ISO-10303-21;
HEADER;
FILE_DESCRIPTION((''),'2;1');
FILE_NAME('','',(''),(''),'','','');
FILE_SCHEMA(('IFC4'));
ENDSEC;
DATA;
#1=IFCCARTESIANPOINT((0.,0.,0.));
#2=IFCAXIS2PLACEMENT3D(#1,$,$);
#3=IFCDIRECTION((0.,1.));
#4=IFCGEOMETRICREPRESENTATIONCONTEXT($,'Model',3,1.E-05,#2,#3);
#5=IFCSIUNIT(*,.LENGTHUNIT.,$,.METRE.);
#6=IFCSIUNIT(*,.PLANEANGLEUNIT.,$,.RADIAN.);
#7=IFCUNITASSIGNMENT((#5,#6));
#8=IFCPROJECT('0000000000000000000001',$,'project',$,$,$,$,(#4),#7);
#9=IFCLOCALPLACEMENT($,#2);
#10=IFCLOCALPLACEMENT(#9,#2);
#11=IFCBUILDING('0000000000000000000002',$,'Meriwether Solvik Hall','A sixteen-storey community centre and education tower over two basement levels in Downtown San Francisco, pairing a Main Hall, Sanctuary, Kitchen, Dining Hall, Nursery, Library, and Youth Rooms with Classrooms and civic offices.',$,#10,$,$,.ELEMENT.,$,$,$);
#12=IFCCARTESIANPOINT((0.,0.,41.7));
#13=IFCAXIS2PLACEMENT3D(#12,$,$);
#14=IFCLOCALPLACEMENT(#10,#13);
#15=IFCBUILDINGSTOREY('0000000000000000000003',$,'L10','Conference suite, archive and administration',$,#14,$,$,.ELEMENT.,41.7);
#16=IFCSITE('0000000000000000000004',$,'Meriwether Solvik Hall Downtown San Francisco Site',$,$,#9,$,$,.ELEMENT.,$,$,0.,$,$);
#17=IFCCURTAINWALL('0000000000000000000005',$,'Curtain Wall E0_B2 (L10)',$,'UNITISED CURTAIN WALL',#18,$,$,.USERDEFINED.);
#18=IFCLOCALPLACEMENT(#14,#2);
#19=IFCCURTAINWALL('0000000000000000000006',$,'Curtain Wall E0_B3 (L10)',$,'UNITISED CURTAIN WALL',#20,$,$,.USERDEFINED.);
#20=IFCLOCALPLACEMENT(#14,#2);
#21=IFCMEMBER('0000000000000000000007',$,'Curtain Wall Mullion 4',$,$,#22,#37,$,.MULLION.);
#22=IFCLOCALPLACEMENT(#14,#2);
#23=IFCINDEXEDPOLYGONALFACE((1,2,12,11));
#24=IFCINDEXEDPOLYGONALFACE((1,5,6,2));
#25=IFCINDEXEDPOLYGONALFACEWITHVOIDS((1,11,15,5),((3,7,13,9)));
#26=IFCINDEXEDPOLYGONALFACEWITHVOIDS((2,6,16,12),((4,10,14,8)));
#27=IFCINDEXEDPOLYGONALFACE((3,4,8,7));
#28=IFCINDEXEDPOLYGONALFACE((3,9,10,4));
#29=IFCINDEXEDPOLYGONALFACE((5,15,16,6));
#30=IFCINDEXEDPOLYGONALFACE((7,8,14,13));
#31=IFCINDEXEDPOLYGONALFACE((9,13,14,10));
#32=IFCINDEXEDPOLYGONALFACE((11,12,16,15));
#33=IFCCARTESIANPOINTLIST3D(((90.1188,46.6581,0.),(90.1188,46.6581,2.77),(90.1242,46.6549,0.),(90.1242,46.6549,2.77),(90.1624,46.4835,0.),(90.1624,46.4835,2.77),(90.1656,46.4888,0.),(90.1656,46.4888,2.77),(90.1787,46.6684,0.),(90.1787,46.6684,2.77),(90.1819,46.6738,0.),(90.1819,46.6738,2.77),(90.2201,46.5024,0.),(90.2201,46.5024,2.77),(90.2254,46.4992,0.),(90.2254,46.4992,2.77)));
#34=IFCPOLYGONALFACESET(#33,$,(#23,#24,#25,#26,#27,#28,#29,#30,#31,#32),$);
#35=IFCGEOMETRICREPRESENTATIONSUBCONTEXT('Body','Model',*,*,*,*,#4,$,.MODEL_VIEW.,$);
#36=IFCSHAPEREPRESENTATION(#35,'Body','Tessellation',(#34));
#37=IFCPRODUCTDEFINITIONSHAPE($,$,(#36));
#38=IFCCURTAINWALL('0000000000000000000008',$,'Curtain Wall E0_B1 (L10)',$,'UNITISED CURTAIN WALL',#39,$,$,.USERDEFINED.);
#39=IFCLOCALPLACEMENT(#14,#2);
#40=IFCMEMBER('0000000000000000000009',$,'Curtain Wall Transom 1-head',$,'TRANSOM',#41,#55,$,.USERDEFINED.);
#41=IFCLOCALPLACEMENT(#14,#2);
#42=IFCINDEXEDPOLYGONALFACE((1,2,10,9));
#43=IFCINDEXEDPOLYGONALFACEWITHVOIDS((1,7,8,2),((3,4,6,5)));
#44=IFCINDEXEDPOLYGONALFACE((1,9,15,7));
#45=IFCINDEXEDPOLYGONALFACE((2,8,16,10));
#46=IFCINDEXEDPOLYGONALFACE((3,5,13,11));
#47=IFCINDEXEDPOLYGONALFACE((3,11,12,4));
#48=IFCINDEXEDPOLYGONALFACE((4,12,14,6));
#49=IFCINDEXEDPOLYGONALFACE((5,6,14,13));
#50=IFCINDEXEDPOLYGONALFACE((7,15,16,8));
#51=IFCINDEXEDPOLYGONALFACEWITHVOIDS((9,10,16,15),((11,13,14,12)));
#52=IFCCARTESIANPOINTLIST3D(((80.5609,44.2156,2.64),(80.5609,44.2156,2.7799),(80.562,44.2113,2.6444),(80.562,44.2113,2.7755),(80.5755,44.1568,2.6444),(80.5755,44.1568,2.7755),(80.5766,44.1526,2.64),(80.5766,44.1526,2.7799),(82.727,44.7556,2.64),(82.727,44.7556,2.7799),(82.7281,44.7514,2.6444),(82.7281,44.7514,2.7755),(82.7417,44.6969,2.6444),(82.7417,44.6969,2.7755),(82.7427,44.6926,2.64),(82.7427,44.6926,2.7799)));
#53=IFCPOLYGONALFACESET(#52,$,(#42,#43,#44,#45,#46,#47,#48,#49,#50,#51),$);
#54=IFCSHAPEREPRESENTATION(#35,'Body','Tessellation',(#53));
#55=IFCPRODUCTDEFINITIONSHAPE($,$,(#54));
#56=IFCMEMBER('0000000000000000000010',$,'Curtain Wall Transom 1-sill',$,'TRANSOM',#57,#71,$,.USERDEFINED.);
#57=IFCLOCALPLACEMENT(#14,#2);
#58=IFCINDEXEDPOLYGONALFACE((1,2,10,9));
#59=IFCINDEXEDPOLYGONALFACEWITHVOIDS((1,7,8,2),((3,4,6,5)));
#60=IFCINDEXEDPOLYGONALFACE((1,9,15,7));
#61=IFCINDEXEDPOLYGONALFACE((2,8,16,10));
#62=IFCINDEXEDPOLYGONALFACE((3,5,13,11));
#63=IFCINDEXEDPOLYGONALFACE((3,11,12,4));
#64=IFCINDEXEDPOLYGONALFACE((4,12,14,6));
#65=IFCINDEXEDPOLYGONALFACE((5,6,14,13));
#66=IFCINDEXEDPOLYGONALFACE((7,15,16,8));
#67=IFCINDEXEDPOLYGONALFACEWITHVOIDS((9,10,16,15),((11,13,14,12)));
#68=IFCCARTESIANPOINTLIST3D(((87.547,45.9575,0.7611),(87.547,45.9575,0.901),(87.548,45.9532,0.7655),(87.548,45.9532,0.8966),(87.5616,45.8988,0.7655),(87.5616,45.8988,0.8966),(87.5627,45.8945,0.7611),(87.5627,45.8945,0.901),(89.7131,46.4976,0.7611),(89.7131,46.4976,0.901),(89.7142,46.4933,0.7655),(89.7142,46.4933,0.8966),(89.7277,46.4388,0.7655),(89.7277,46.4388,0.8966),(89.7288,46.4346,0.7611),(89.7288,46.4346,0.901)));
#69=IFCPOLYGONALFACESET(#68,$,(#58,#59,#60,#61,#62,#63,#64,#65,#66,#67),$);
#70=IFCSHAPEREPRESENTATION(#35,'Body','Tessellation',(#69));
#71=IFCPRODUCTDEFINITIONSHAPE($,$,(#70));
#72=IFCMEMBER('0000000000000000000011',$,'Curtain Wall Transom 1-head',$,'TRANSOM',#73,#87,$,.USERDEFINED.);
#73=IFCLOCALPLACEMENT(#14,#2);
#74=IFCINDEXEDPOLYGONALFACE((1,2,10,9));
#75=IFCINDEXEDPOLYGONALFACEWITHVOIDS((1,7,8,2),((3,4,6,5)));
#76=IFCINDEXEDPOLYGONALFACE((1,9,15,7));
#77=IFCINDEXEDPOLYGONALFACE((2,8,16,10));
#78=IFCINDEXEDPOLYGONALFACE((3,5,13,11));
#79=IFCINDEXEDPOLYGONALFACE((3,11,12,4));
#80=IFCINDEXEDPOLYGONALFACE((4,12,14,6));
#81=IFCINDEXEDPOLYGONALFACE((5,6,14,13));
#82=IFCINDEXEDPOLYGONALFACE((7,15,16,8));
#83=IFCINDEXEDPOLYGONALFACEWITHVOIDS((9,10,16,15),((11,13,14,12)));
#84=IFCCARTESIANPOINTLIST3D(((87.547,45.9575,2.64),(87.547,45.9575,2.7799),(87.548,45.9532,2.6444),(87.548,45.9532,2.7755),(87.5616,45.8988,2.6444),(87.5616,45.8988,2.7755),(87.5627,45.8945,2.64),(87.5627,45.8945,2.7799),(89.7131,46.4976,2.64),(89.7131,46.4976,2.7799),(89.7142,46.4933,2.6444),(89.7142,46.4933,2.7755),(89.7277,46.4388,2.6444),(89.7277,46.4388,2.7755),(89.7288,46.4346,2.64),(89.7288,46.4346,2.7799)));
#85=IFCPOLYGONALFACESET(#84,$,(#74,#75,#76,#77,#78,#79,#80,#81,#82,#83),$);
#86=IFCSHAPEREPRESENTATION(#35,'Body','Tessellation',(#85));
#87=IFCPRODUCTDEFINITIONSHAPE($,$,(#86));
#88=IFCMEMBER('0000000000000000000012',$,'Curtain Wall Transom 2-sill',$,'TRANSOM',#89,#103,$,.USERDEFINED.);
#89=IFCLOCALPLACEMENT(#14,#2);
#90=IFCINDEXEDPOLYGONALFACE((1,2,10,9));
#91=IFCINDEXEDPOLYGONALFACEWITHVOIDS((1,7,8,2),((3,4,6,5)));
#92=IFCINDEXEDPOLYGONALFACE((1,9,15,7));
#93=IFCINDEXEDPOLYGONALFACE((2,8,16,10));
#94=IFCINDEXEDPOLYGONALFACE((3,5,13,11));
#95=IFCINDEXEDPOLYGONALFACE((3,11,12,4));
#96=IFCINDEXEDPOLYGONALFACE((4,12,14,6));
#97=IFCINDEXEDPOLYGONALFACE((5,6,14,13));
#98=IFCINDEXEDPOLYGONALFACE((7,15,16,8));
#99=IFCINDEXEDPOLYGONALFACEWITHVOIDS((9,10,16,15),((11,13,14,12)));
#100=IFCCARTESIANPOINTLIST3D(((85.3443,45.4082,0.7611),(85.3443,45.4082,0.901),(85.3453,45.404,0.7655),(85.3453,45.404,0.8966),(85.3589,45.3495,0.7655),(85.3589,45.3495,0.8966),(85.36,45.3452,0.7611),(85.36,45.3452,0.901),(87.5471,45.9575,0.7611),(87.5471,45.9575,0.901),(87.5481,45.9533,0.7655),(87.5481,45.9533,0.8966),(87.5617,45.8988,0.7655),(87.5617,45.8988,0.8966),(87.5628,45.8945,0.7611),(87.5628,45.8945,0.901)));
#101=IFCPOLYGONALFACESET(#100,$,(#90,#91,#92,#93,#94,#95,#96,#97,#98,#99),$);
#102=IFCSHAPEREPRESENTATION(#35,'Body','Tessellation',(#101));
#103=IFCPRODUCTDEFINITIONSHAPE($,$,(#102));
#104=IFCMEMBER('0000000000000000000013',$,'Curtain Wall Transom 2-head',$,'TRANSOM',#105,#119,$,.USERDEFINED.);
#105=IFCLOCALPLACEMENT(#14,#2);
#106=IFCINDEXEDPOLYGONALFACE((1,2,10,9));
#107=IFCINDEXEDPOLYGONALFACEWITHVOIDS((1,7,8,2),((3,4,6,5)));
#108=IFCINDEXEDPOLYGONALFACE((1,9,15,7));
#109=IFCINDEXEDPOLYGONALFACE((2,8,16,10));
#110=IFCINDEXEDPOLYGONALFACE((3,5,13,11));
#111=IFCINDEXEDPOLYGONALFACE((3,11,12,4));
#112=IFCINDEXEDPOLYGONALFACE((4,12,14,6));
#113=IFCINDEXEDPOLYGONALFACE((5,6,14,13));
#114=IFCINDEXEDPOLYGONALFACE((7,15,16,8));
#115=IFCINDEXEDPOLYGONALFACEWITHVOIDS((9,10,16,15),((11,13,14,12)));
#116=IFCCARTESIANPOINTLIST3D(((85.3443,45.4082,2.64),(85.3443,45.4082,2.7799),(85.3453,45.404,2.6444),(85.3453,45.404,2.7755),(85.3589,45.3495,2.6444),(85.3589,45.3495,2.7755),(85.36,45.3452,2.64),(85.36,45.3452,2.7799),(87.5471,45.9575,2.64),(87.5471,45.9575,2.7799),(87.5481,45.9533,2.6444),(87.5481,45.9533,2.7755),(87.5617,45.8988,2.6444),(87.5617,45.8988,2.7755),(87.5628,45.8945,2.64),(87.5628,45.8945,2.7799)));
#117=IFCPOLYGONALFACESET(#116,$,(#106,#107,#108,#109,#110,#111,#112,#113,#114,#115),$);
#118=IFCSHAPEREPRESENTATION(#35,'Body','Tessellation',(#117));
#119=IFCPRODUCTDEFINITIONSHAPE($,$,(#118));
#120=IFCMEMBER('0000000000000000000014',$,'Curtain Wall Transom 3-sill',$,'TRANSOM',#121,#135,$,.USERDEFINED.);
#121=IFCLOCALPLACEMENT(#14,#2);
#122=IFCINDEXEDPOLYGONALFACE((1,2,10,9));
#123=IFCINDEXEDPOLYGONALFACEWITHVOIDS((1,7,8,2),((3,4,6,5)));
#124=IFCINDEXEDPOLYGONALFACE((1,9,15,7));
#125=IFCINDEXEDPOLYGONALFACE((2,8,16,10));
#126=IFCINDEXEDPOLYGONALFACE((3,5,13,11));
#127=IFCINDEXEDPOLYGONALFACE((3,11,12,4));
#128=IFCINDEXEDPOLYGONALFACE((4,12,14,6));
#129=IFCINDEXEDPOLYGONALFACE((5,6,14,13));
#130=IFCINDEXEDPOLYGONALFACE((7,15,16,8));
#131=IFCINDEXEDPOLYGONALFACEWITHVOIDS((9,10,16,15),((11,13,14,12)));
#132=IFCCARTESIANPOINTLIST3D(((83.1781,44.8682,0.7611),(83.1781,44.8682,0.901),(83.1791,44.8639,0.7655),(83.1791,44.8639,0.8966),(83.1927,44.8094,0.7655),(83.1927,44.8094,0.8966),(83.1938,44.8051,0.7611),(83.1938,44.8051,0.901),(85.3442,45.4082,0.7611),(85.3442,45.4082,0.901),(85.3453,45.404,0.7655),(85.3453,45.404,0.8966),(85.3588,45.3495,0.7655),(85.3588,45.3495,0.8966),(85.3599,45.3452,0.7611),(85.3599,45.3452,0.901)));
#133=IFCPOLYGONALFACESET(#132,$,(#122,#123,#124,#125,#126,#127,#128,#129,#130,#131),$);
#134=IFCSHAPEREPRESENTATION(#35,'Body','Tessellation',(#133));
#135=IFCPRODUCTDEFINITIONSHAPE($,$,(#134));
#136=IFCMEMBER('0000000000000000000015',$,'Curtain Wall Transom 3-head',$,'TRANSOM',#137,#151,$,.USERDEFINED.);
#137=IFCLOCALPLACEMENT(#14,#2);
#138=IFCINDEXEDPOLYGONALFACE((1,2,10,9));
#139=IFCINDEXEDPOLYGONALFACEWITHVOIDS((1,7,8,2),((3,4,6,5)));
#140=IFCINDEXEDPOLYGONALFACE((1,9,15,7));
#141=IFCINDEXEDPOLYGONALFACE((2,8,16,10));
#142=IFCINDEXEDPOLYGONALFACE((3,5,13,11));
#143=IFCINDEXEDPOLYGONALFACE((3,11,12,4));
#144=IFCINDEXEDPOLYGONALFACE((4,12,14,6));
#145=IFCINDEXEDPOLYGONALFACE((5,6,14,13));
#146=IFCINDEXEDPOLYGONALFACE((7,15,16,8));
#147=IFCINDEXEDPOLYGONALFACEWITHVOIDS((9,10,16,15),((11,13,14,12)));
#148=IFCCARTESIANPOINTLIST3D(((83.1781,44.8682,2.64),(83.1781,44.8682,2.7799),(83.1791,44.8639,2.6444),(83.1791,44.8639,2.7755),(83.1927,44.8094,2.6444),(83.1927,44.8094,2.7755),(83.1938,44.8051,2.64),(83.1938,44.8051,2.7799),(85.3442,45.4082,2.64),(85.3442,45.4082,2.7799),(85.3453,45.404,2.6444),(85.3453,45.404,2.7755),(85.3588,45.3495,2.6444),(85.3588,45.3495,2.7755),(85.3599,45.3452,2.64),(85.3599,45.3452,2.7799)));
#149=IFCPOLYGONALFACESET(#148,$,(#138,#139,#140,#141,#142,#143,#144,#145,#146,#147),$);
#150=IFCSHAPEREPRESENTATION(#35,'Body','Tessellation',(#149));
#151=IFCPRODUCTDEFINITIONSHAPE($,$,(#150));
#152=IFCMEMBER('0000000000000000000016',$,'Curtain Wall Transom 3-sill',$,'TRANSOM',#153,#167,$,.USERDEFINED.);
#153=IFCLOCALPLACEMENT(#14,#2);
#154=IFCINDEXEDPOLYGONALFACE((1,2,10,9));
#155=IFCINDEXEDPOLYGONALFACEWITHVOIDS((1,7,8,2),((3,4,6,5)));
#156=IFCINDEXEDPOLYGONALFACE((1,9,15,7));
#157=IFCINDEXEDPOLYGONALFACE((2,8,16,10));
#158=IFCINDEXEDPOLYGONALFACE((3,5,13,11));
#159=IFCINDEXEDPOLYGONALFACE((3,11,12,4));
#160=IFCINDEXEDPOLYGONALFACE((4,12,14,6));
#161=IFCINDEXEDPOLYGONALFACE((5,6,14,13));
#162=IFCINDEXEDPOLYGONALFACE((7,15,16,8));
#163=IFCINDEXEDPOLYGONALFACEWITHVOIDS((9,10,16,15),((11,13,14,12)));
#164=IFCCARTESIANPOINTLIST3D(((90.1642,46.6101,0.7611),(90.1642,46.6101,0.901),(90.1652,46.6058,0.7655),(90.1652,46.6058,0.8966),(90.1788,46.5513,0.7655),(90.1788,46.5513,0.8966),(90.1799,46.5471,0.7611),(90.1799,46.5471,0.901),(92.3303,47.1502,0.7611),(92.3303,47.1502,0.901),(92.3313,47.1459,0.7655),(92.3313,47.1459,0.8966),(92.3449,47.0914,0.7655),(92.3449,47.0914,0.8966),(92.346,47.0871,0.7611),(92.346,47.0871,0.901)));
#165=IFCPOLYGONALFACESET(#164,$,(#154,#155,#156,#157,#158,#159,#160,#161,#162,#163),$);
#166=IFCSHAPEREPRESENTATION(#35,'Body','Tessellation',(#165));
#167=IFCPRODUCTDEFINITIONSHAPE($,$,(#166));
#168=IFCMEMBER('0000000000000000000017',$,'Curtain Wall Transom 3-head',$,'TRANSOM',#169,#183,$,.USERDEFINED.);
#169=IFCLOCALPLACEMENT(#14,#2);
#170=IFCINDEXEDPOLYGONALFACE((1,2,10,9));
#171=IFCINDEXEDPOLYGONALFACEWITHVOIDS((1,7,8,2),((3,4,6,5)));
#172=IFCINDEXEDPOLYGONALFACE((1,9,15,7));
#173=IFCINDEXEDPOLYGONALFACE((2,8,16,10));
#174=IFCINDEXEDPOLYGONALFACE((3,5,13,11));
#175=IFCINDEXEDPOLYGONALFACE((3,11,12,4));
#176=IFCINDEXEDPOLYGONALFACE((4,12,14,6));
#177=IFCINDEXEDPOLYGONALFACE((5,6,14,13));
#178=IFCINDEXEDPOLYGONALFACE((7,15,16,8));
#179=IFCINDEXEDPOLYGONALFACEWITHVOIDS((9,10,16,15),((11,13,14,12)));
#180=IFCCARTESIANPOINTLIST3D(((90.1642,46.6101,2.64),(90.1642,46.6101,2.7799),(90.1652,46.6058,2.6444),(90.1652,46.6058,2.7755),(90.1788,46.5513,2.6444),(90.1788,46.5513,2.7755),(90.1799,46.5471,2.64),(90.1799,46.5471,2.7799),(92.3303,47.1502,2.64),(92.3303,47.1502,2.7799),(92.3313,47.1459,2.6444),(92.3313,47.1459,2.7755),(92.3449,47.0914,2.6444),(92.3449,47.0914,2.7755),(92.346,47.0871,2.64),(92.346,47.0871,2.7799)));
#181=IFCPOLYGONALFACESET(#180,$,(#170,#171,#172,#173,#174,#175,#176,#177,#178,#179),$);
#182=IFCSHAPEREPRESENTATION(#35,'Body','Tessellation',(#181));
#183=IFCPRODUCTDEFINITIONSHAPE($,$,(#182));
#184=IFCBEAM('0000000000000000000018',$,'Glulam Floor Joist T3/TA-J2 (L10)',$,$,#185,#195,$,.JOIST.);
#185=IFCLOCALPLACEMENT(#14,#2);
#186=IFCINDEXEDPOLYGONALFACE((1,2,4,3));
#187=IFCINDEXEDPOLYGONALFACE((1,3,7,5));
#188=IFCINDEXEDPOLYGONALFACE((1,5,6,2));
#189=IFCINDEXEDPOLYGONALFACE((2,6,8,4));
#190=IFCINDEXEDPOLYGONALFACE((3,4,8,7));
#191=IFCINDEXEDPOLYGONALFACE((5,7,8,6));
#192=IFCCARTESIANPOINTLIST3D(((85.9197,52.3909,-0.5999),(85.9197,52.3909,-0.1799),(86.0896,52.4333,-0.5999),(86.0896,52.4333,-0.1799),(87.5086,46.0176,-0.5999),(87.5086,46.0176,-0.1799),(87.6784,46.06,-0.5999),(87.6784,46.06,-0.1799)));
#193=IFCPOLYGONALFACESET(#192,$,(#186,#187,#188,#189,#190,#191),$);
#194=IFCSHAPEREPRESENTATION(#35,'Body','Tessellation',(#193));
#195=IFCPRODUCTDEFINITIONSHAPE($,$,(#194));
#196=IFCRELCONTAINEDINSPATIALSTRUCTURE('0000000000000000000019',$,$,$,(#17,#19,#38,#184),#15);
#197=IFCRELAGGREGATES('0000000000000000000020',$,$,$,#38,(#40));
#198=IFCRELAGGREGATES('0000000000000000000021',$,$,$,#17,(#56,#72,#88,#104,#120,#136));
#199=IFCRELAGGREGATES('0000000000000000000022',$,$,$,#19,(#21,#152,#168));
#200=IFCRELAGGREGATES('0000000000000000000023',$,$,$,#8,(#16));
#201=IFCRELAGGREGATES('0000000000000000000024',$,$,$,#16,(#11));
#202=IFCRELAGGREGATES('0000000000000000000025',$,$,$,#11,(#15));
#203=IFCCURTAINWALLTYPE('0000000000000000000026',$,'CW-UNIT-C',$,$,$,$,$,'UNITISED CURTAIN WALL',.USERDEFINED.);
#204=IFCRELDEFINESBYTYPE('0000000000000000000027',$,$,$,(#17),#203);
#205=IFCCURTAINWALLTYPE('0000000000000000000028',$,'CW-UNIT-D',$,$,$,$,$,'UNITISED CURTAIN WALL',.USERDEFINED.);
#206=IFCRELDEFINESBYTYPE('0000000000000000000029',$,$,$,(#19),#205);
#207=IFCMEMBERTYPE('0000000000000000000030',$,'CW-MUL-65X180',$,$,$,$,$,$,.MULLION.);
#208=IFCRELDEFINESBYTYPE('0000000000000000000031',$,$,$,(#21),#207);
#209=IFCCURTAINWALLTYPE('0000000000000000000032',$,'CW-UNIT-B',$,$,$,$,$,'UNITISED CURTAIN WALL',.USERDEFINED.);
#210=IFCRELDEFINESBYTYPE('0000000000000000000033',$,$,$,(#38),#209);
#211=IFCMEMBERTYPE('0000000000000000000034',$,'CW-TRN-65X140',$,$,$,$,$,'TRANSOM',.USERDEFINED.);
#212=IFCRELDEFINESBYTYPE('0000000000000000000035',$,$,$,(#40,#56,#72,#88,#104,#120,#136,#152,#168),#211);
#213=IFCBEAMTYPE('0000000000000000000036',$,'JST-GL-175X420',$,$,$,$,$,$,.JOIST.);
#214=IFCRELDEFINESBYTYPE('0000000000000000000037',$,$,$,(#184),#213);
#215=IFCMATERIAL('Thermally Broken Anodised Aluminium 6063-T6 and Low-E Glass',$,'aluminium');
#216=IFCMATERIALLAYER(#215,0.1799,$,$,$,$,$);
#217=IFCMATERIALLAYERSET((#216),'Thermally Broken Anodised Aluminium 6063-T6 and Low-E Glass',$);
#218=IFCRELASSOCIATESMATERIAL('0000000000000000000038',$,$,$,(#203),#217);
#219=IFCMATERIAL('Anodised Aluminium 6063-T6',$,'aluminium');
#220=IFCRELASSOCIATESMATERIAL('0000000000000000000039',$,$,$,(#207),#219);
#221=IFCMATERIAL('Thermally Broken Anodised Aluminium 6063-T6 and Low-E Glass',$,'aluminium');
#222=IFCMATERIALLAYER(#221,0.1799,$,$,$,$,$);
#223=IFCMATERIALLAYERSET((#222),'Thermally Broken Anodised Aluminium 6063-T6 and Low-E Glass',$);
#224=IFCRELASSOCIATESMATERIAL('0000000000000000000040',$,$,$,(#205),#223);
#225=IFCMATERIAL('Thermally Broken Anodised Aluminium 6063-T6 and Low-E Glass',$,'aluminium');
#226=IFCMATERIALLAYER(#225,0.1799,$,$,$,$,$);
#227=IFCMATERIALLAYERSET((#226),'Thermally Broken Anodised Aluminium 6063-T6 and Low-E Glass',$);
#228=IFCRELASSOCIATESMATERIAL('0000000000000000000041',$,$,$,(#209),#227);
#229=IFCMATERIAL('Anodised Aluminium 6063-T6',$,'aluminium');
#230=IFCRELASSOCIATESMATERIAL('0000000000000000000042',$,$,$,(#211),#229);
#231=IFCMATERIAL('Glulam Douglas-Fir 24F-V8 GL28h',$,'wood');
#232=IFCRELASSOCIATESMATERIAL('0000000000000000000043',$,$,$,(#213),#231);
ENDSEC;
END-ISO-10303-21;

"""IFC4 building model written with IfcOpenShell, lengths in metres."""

from ifc_helpers import new_model, si_unit, direction, frame, origin, origin_2d, place, context, subcontext, project, spatial, rectangle, hollow_rectangle, extrude, material, layer, layer_set, material_profile, profile_set, type_object, element, aggregate, save


model = new_model("IFC4")

# Units and contexts
model_context = context("Model", 3, precision=1e-05, world=origin(), true_north=direction((0.0, 1.0)))
body_context = subcontext(model_context, "Body", "Model", "MODEL_VIEW")
ifc_project = project(units=[si_unit("LENGTHUNIT", "METRE"), si_unit("PLANEANGLEUNIT", "RADIAN")], contexts=[model_context])

# Site, building, storey
site_placement = place(None, origin())
site = spatial("IfcSite", under=ifc_project, at=site_placement, Name="Meriwether Solvik Hall Downtown San Francisco Site", CompositionType="ELEMENT", RefElevation=0.0)
building_placement = place(site_placement, origin())
building = spatial("IfcBuilding", under=site, at=building_placement, Name="Meriwether Solvik Hall", Description="A sixteen-storey community centre and education tower over two basement levels in Downtown San Francisco, pairing a Main Hall, Sanctuary, Kitchen, Dining Hall, Nursery, Library, and Youth Rooms with Classrooms and civic offices.", CompositionType="ELEMENT")
storey_placement = place(building_placement, frame((0.0, 0.0, 41.7)))
storey = spatial("IfcBuildingStorey", under=building, at=storey_placement, Name="L10", Description="Conference suite, archive and administration", CompositionType="ELEMENT", Elevation=41.7)

# Curtain walls, member
ifc_material_1 = material(Name="Thermally Broken Anodised Aluminium 6063-T6 and Low-E Glass", Category="aluminium")
ifc_layer_1 = layer(ifc_material_1, 0.1799)
ifc_layer_set_1 = layer_set([ifc_layer_1], Name="Thermally Broken Anodised Aluminium 6063-T6 and Low-E Glass")
curtain_wall_type_1 = type_object("IfcCurtainWallType", Name="CW-UNIT-C", ElementType="UNITISED CURTAIN WALL", PredefinedType="USERDEFINED", material=ifc_layer_set_1)
curtain_wall_1_placement = place(storey_placement, origin())
curtain_wall_1 = element("IfcCurtainWall", 1, at=curtain_wall_1_placement, inside=storey, type_object=curtain_wall_type_1, Name="Curtain Wall E0_B2 (L10)", ObjectType="UNITISED CURTAIN WALL", PredefinedType="USERDEFINED")
ifc_material_2 = material(Name="Anodised Aluminium 6063-T6", Category="aluminium")
ifc_material_profile_1 = material_profile(ifc_material_2, hollow_rectangle(XDim=0.0649, YDim=0.1799, WallThickness=0.0044, at=origin_2d()), Name="CWM-65X180")
ifc_profile_set_1 = profile_set([ifc_material_profile_1], Name="Anodised Aluminium 6063-T6")
member_type_1 = type_object("IfcMemberType", Name="CW-MUL-65X180", PredefinedType="MULLION", material=ifc_profile_set_1)
ifc_material_3 = material(Name="Thermally Broken Anodised Aluminium 6063-T6 and Low-E Glass", Category="aluminium")
ifc_layer_2 = layer(ifc_material_3, 0.1799)
ifc_layer_set_2 = layer_set([ifc_layer_2], Name="Thermally Broken Anodised Aluminium 6063-T6 and Low-E Glass")
curtain_wall_type_2 = type_object("IfcCurtainWallType", Name="CW-UNIT-D", ElementType="UNITISED CURTAIN WALL", PredefinedType="USERDEFINED", material=ifc_layer_set_2)
curtain_wall_2_placement = place(storey_placement, origin())
curtain_wall_2 = element("IfcCurtainWall", 2, at=curtain_wall_2_placement, inside=storey, type_object=curtain_wall_type_2, Name="Curtain Wall E0_B3 (L10)", ObjectType="UNITISED CURTAIN WALL", PredefinedType="USERDEFINED")
member_1_placement = place(storey_placement, frame((90.1721, 46.5786, 0.0), z_axis=(0.0, 0.0, 1.0), x_axis=(-0.970296, -0.241922, 0.0)))
member_1 = element("IfcMember", 3, at=member_1_placement, type_object=member_type_1, Name="Curtain Wall Mullion 4", PredefinedType="MULLION", context=body_context, shape_type="SweptSolid", body=[
    extrude(hollow_rectangle(XDim=0.0649, YDim=0.1799, WallThickness=0.0044, at=origin_2d()), origin(), (0.0, 0.0, 1.0), 2.77),
])

# Curtain wall, member
ifc_material_4 = material(Name="Thermally Broken Anodised Aluminium 6063-T6 and Low-E Glass", Category="aluminium")
ifc_layer_3 = layer(ifc_material_4, 0.1799)
ifc_layer_set_3 = layer_set([ifc_layer_3], Name="Thermally Broken Anodised Aluminium 6063-T6 and Low-E Glass")
curtain_wall_type_3 = type_object("IfcCurtainWallType", Name="CW-UNIT-B", ElementType="UNITISED CURTAIN WALL", PredefinedType="USERDEFINED", material=ifc_layer_set_3)
curtain_wall_3_placement = place(storey_placement, origin())
curtain_wall_3 = element("IfcCurtainWall", 4, at=curtain_wall_3_placement, inside=storey, type_object=curtain_wall_type_3, Name="Curtain Wall E0_B1 (L10)", ObjectType="UNITISED CURTAIN WALL", PredefinedType="USERDEFINED")
ifc_material_5 = material(Name="Anodised Aluminium 6063-T6", Category="aluminium")
ifc_material_profile_2 = material_profile(ifc_material_5, hollow_rectangle(XDim=0.0649, YDim=0.1399, WallThickness=0.0044, at=origin_2d()), Name="CWT-65X140")
ifc_profile_set_2 = profile_set([ifc_material_profile_2], Name="Anodised Aluminium 6063-T6")
member_type_2 = type_object("IfcMemberType", Name="CW-TRN-65X140", ElementType="TRANSOM", PredefinedType="USERDEFINED", material=ifc_profile_set_2)
member_2_placement = place(storey_placement, frame((82.7349, 44.7241, 2.71), z_axis=(-0.970297, -0.241918, 0.0), x_axis=(0.241918, -0.970297, 0.0)))
member_2 = element("IfcMember", 5, at=member_2_placement, type_object=member_type_2, Name="Curtain Wall Transom 1-head", ObjectType="TRANSOM", PredefinedType="USERDEFINED", context=body_context, shape_type="SweptSolid", body=[
    extrude(hollow_rectangle(XDim=0.0649, YDim=0.1399, WallThickness=0.0044, at=origin_2d()), origin(), (0.0, 0.0, 1.0), 2.2324),
])
aggregate(curtain_wall_3, [member_2])

# Members
member_3_placement = place(storey_placement, frame((89.7209, 46.4661, 0.8311), z_axis=(-0.970297, -0.241918, 0.0), x_axis=(0.241918, -0.970297, 0.0)))
member_3 = element("IfcMember", 6, at=member_3_placement, type_object=member_type_2, Name="Curtain Wall Transom 1-sill", ObjectType="TRANSOM", PredefinedType="USERDEFINED", context=body_context, shape_type="SweptSolid", body=[
    extrude(hollow_rectangle(XDim=0.0649, YDim=0.1399, WallThickness=0.0044, at=origin_2d()), origin(), (0.0, 0.0, 1.0), 2.2324),
])
member_4_placement = place(storey_placement, frame((89.7209, 46.4661, 2.71), z_axis=(-0.970297, -0.241918, 0.0), x_axis=(0.241918, -0.970297, 0.0)))
member_4 = element("IfcMember", 7, at=member_4_placement, type_object=member_type_2, Name="Curtain Wall Transom 1-head", ObjectType="TRANSOM", PredefinedType="USERDEFINED", context=body_context, shape_type="SweptSolid", body=[
    extrude(hollow_rectangle(XDim=0.0649, YDim=0.1399, WallThickness=0.0044, at=origin_2d()), origin(), (0.0, 0.0, 1.0), 2.2324),
])
member_5_placement = place(storey_placement, frame((87.5549, 45.926, 0.8311), z_axis=(-0.970288, -0.241954, 0.0), x_axis=(0.241954, -0.970288, 0.0)))
member_5 = element("IfcMember", 8, at=member_5_placement, type_object=member_type_2, Name="Curtain Wall Transom 2-sill", ObjectType="TRANSOM", PredefinedType="USERDEFINED", context=body_context, shape_type="SweptSolid", body=[
    extrude(hollow_rectangle(XDim=0.0649, YDim=0.1399, WallThickness=0.0044, at=origin_2d()), origin(), (0.0, 0.0, 1.0), 2.2703),
])
member_6_placement = place(storey_placement, frame((87.5549, 45.926, 2.71), z_axis=(-0.970288, -0.241954, 0.0), x_axis=(0.241954, -0.970288, 0.0)))
member_6 = element("IfcMember", 9, at=member_6_placement, type_object=member_type_2, Name="Curtain Wall Transom 2-head", ObjectType="TRANSOM", PredefinedType="USERDEFINED", context=body_context, shape_type="SweptSolid", body=[
    extrude(hollow_rectangle(XDim=0.0649, YDim=0.1399, WallThickness=0.0044, at=origin_2d()), origin(), (0.0, 0.0, 1.0), 2.2703),
])
member_7_placement = place(storey_placement, frame((85.3521, 45.3767, 0.8311), z_axis=(-0.970297, -0.241918, 0.0), x_axis=(0.241918, -0.970297, 0.0)))
member_7 = element("IfcMember", 10, at=member_7_placement, type_object=member_type_2, Name="Curtain Wall Transom 3-sill", ObjectType="TRANSOM", PredefinedType="USERDEFINED", context=body_context, shape_type="SweptSolid", body=[
    extrude(hollow_rectangle(XDim=0.0649, YDim=0.1399, WallThickness=0.0044, at=origin_2d()), origin(), (0.0, 0.0, 1.0), 2.2324),
])
member_8_placement = place(storey_placement, frame((85.3521, 45.3767, 2.71), z_axis=(-0.970297, -0.241918, 0.0), x_axis=(0.241918, -0.970297, 0.0)))
member_8 = element("IfcMember", 11, at=member_8_placement, type_object=member_type_2, Name="Curtain Wall Transom 3-head", ObjectType="TRANSOM", PredefinedType="USERDEFINED", context=body_context, shape_type="SweptSolid", body=[
    extrude(hollow_rectangle(XDim=0.0649, YDim=0.1399, WallThickness=0.0044, at=origin_2d()), origin(), (0.0, 0.0, 1.0), 2.2324),
])
member_9_placement = place(storey_placement, frame((92.3381, 47.1187, 0.8311), z_axis=(-0.970297, -0.241918, 0.0), x_axis=(0.241918, -0.970297, 0.0)))
member_9 = element("IfcMember", 12, at=member_9_placement, type_object=member_type_2, Name="Curtain Wall Transom 3-sill", ObjectType="TRANSOM", PredefinedType="USERDEFINED", context=body_context, shape_type="SweptSolid", body=[
    extrude(hollow_rectangle(XDim=0.0649, YDim=0.1399, WallThickness=0.0044, at=origin_2d()), origin(), (0.0, 0.0, 1.0), 2.2324),
])
member_10_placement = place(storey_placement, frame((92.3381, 47.1187, 2.71), z_axis=(-0.970297, -0.241918, 0.0), x_axis=(0.241918, -0.970297, 0.0)))
member_10 = element("IfcMember", 13, at=member_10_placement, type_object=member_type_2, Name="Curtain Wall Transom 3-head", ObjectType="TRANSOM", PredefinedType="USERDEFINED", context=body_context, shape_type="SweptSolid", body=[
    extrude(hollow_rectangle(XDim=0.0649, YDim=0.1399, WallThickness=0.0044, at=origin_2d()), origin(), (0.0, 0.0, 1.0), 2.2324),
])

# Beam
ifc_material_6 = material(Name="Glulam Douglas-Fir 24F-V8 GL28h", Category="wood")
ifc_material_profile_3 = material_profile(ifc_material_6, rectangle(XDim=0.175, YDim=0.4199, at=origin_2d()), Name="GLJ-175X420")
ifc_profile_set_3 = profile_set([ifc_material_profile_3], Name="Glulam Douglas-Fir 24F-V8 GL28h")
beam_type_1 = type_object("IfcBeamType", Name="JST-GL-175X420", PredefinedType="JOIST", material=ifc_profile_set_3)
beam_1_placement = place(storey_placement, frame((87.5935, 46.0388, -0.3899), z_axis=(-0.241897, 0.970302, 0.0), x_axis=(-0.970302, -0.241897, 0.0)))
element("IfcBeam", 14, at=beam_1_placement, inside=storey, type_object=beam_type_1, Name="Glulam Floor Joist T3/TA-J2 (L10)", PredefinedType="JOIST", context=body_context, shape_type="SweptSolid", body=[
    extrude(rectangle(XDim=0.175, YDim=0.4199, at=origin_2d()), origin(), (0.0, 0.0, 1.0), 6.5684),
])

aggregate(curtain_wall_1, [member_3, member_4, member_5, member_6, member_7, member_8])
aggregate(curtain_wall_2, [member_1, member_9, member_10])

save(model, "model.ifc")
